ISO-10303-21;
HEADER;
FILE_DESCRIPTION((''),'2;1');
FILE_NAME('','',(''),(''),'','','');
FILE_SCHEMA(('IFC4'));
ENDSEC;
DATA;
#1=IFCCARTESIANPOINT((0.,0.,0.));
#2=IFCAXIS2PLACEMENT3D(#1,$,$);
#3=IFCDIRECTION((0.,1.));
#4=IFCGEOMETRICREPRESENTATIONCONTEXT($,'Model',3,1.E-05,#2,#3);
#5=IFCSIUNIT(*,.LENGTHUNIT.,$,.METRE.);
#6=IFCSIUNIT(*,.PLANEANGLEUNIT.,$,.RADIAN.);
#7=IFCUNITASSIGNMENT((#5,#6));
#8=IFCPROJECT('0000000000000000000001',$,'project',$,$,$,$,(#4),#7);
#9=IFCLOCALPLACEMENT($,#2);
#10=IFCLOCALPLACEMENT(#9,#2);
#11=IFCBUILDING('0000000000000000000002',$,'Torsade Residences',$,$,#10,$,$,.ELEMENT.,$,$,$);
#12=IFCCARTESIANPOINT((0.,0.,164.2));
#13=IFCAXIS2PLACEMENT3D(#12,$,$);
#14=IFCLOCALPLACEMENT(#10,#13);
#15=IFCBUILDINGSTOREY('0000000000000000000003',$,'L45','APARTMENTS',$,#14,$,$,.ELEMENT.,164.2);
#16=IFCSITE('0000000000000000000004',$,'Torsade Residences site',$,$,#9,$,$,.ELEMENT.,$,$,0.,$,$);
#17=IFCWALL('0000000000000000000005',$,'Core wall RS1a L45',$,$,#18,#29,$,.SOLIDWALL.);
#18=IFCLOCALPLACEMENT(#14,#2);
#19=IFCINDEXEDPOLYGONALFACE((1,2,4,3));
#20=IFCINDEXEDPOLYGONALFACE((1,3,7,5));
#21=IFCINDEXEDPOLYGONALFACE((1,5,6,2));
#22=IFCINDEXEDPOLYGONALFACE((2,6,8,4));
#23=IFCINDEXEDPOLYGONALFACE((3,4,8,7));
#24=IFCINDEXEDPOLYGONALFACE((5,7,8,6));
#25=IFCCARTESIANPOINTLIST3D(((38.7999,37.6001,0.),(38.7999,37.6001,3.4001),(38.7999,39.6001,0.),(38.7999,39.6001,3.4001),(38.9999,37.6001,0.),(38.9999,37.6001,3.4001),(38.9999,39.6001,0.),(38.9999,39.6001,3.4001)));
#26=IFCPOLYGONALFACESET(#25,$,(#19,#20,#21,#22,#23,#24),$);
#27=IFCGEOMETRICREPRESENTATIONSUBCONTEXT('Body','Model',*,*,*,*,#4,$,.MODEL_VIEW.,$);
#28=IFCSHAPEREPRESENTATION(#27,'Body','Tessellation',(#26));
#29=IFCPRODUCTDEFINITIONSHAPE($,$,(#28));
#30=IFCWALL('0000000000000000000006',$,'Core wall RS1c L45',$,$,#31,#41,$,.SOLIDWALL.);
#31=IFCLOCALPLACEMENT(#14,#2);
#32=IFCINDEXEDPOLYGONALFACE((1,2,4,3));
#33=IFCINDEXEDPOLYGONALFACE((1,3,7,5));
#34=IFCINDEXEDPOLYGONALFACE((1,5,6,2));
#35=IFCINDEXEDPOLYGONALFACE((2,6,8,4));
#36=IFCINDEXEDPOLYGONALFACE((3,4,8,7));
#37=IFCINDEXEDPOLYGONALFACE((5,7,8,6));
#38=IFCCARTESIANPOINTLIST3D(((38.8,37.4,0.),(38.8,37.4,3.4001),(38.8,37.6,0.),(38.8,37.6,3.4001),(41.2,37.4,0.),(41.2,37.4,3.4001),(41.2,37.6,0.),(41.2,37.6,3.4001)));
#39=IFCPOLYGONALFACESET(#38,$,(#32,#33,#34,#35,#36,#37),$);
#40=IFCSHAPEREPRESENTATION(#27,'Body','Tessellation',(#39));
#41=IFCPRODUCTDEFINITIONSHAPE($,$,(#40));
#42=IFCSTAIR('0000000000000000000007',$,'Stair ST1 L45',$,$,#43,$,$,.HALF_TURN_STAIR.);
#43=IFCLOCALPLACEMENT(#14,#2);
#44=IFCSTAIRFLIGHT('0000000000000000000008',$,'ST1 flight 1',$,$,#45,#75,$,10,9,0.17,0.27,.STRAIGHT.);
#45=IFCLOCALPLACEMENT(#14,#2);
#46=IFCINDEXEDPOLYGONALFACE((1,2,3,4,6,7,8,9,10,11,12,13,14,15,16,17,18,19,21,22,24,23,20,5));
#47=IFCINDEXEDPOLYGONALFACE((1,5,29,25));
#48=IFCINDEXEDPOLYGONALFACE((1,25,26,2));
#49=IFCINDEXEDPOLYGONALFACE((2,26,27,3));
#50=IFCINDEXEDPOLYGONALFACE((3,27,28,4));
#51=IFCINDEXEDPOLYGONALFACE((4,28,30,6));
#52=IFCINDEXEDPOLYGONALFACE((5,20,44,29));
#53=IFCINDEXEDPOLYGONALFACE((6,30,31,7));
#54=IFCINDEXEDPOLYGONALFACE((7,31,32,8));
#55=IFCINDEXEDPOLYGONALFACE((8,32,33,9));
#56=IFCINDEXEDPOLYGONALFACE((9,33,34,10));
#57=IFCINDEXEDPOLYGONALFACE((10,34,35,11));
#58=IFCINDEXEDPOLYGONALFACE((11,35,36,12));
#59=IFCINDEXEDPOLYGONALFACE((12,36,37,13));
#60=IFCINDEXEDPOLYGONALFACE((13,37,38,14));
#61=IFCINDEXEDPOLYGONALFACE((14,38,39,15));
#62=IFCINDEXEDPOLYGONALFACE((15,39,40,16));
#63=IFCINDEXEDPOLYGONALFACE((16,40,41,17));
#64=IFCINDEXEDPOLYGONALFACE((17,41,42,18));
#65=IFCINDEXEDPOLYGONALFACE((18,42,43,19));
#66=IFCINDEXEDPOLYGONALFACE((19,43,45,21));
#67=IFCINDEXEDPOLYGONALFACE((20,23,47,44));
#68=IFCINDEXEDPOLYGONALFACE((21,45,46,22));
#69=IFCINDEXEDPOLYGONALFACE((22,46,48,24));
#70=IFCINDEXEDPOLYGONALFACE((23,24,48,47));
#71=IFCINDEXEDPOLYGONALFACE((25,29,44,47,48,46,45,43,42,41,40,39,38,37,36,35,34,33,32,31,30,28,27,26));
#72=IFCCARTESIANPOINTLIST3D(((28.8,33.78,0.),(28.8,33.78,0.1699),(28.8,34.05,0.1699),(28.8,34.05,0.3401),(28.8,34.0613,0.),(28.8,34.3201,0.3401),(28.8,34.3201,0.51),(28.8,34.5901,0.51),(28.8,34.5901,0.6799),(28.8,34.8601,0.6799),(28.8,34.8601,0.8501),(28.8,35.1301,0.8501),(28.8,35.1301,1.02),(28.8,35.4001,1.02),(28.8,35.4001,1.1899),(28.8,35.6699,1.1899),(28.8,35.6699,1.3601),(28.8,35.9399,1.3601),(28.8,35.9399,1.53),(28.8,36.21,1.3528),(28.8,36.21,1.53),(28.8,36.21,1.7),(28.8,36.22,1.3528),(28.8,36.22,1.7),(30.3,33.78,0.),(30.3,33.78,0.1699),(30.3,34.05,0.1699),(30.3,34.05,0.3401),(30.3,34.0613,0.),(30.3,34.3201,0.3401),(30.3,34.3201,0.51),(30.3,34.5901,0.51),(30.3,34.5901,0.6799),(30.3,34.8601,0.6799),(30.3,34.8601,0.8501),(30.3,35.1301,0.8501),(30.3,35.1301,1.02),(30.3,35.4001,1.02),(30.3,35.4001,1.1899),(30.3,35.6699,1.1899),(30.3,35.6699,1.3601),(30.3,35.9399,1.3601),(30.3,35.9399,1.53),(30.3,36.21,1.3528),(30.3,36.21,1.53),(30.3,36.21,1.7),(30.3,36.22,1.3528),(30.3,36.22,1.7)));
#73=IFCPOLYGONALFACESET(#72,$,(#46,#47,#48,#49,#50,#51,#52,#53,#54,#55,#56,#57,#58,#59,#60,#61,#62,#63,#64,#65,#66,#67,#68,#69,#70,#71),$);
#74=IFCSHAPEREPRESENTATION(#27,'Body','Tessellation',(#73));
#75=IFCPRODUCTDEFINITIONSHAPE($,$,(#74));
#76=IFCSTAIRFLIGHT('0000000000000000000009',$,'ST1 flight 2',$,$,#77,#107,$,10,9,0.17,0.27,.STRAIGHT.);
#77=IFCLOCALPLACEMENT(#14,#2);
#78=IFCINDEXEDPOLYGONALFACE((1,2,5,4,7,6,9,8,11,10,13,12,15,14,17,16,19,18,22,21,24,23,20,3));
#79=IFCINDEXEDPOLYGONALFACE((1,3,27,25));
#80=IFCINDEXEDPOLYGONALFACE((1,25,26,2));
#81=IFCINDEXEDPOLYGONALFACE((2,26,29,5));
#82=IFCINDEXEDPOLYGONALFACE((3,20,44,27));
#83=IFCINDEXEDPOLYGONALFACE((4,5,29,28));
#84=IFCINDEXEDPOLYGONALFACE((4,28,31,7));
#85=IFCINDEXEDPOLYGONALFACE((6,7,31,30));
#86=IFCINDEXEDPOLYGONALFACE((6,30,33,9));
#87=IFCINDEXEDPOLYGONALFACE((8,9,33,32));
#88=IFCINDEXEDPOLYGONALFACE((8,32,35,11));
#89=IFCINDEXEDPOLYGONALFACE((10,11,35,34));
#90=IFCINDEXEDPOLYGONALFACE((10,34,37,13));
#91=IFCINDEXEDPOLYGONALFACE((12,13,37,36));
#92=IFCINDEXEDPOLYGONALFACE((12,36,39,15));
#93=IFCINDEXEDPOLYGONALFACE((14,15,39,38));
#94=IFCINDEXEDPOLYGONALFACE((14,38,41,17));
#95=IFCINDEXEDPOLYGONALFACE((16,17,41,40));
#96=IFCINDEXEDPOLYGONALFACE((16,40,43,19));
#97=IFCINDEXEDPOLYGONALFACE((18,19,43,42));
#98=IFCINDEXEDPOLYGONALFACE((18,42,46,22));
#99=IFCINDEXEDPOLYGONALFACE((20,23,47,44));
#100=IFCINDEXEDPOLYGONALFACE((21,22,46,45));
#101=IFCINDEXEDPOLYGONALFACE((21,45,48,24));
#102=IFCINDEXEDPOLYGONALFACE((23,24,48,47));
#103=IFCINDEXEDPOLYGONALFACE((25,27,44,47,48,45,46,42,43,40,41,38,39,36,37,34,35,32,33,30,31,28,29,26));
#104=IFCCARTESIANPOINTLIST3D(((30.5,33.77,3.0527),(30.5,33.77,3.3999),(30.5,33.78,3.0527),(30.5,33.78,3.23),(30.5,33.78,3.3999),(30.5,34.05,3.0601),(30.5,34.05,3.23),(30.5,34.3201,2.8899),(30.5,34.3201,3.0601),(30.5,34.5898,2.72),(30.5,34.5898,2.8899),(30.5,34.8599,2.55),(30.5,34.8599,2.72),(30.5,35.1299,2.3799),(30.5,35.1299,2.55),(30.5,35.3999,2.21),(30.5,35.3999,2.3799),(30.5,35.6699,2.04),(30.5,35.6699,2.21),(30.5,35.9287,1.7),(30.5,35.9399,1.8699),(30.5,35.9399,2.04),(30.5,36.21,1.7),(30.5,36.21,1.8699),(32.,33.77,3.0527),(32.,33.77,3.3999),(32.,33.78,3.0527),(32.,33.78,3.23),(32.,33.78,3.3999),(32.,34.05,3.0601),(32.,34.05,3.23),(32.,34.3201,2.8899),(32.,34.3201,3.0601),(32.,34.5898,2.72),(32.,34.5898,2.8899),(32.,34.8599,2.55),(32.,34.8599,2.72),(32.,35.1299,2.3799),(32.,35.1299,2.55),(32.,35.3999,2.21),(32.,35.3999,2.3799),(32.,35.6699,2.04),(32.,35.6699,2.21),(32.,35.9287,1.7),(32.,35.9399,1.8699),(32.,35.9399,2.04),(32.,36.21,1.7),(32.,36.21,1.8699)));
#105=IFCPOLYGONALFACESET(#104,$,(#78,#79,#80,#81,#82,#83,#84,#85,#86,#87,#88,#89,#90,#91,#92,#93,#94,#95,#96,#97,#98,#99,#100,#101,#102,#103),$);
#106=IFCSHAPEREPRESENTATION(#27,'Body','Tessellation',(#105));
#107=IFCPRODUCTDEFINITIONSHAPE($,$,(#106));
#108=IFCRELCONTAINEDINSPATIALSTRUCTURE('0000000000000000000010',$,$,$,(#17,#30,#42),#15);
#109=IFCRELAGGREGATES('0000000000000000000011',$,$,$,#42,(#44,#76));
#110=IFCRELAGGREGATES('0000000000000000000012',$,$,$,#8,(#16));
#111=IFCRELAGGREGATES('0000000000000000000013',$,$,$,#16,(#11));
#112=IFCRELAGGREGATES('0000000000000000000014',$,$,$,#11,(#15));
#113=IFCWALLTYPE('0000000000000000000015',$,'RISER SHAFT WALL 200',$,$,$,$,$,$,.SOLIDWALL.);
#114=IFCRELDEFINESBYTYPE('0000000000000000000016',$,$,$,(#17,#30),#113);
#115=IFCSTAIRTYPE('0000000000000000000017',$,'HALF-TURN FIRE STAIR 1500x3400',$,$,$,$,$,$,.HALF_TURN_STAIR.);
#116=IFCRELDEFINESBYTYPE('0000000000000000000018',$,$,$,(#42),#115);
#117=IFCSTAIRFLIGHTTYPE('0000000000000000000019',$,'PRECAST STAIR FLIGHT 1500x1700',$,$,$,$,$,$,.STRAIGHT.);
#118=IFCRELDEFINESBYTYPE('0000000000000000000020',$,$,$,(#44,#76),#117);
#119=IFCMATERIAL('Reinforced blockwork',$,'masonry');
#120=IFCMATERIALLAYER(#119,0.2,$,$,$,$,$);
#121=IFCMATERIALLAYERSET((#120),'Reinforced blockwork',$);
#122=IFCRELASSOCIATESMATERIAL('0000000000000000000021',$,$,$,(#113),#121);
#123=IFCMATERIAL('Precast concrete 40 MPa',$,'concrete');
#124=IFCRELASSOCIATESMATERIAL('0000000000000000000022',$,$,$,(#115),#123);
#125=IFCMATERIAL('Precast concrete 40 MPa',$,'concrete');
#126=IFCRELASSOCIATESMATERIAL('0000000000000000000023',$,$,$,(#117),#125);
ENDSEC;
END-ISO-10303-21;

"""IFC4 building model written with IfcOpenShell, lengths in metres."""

from ifc_helpers import new_model, si_unit, direction, frame, frame_2d, origin, place, context, subcontext, project, spatial, polyline, rectangle, outline, extrude, material, layer, layer_set, type_object, element, aggregate, save


model = new_model("IFC4")

# Units and contexts
model_context = context("Model", 3, precision=1e-05, world=origin(), true_north=direction((0.0, 1.0)))
body_context = subcontext(model_context, "Body", "Model", "MODEL_VIEW")
ifc_project = project(units=[si_unit("LENGTHUNIT", "METRE"), si_unit("PLANEANGLEUNIT", "RADIAN")], contexts=[model_context])

# Site, building, storey
site_placement = place(None, origin())
site = spatial("IfcSite", under=ifc_project, at=site_placement, Name="Torsade Residences site", CompositionType="ELEMENT", RefElevation=0.0)
building_placement = place(site_placement, origin())
building = spatial("IfcBuilding", under=site, at=building_placement, Name="Torsade Residences", CompositionType="ELEMENT")
storey_placement = place(building_placement, frame((0.0, 0.0, 164.2)))
storey = spatial("IfcBuildingStorey", under=building, at=storey_placement, Name="L45", Description="APARTMENTS", CompositionType="ELEMENT", Elevation=164.2)

# Walls
ifc_material_1 = material(Name="Reinforced blockwork", Category="masonry")
ifc_layer_1 = layer(ifc_material_1, 0.2)
ifc_layer_set_1 = layer_set([ifc_layer_1], Name="Reinforced blockwork")
wall_type_1 = type_object("IfcWallType", Name="RISER SHAFT WALL 200", PredefinedType="SOLIDWALL", material=ifc_layer_set_1)
wall_1_placement = place(storey_placement, frame((38.8999, 37.6001, 0.0), z_axis=(0.0, 0.0, 1.0), x_axis=(0.0, 1.0, 0.0)))
element("IfcWall", 1, at=wall_1_placement, inside=storey, type_object=wall_type_1, Name="Core wall RS1a L45", PredefinedType="SOLIDWALL", context=body_context, shape_type="SweptSolid", body=[
    extrude(rectangle(XDim=2.0, YDim=0.2, at=frame_2d((1.0, 0.0))), origin(), (0.0, 0.0, 1.0), 3.4001),
])
wall_2_placement = place(storey_placement, frame((38.8, 37.5, 0.0), z_axis=(0.0, 0.0, 1.0), x_axis=(1.0, 0.0, 0.0)))
element("IfcWall", 2, at=wall_2_placement, inside=storey, type_object=wall_type_1, Name="Core wall RS1c L45", PredefinedType="SOLIDWALL", context=body_context, shape_type="SweptSolid", body=[
    extrude(rectangle(XDim=2.3999, YDim=0.2, at=frame_2d((1.2, 0.0))), origin(), (0.0, 0.0, 1.0), 3.4001),
])

# Stair, stair flights
ifc_material_2 = material(Name="Precast concrete 40 MPa", Category="concrete")
stair_type = type_object("IfcStairType", Name="HALF-TURN FIRE STAIR 1500x3400", PredefinedType="HALF_TURN_STAIR", material=ifc_material_2)
stair_placement = place(storey_placement, origin())
stair = element("IfcStair", 3, at=stair_placement, inside=storey, type_object=stair_type, Name="Stair ST1 L45", PredefinedType="HALF_TURN_STAIR")
ifc_material_3 = material(Name="Precast concrete 40 MPa", Category="concrete")
stair_flight_type = type_object("IfcStairFlightType", Name="PRECAST STAIR FLIGHT 1500x1700", PredefinedType="STRAIGHT", material=ifc_material_3)
stair_flight_1_placement = place(storey_placement, frame((29.55, 33.78, 0.0), z_axis=(0.0, 0.0, 1.0), x_axis=(0.0, 1.0, 0.0)))
stair_flight_1 = element("IfcStairFlight", 4, at=stair_flight_1_placement, type_object=stair_flight_type, Name="ST1 flight 1", NumberOfRisers=10, NumberOfTreads=9, PredefinedType="STRAIGHT", RiserHeight=0.17, TreadLength=0.27, context=body_context, shape_type="SweptSolid", body=[
    extrude(outline(polyline([(0.0, 0.0), (0.0, 0.1699), (0.27, 0.1699), (0.27, 0.3401), (0.54, 0.3401), (0.54, 0.51), (0.8101, 0.51), (0.8101, 0.6799), (1.0801, 0.6799), (1.0801, 0.8501), (1.3501, 0.8501), (1.3501, 1.02), (1.6201, 1.02), (1.6201, 1.1899), (1.8899, 1.1899), (1.8899, 1.3601), (2.1599, 1.3601), (2.1599, 1.53), (2.4299, 1.53), (2.4299, 1.7), (2.4399, 1.7), (2.4399, 1.3528), (2.4299, 1.3528), (0.2812, 0.0), (0.0, 0.0)])), frame((0.0, 0.75, 0.0), z_axis=(0.0, -1.0, 0.0), x_axis=(1.0, 0.0, 0.0)), (0.0, 0.0, 1.0), 1.5),
])
stair_flight_2_placement = place(storey_placement, frame((31.25, 36.21, 1.7), z_axis=(0.0, 0.0, 1.0), x_axis=(0.0, -1.0, 0.0)))
stair_flight_2 = element("IfcStairFlight", 5, at=stair_flight_2_placement, type_object=stair_flight_type, Name="ST1 flight 2", NumberOfRisers=10, NumberOfTreads=9, PredefinedType="STRAIGHT", RiserHeight=0.17, TreadLength=0.27, context=body_context, shape_type="SweptSolid", body=[
    extrude(outline(polyline([(0.0, 0.0), (0.0, 0.1699), (0.27, 0.1699), (0.27, 0.3401), (0.54, 0.3401), (0.54, 0.51), (0.8101, 0.51), (0.8101, 0.6799), (1.0801, 0.6799), (1.0801, 0.8501), (1.3501, 0.8501), (1.3501, 1.02), (1.6201, 1.02), (1.6201, 1.1899), (1.8899, 1.1899), (1.8899, 1.3601), (2.1599, 1.3601), (2.1599, 1.53), (2.4299, 1.53), (2.4299, 1.7), (2.4399, 1.7), (2.4399, 1.3528), (2.4299, 1.3528), (0.2812, 0.0), (0.0, 0.0)])), frame((0.0, 0.75, 0.0), z_axis=(0.0, -1.0, 0.0), x_axis=(1.0, 0.0, 0.0)), (0.0, 0.0, 1.0), 1.5),
])
aggregate(stair, [stair_flight_1, stair_flight_2])

save(model, "model.ifc")
